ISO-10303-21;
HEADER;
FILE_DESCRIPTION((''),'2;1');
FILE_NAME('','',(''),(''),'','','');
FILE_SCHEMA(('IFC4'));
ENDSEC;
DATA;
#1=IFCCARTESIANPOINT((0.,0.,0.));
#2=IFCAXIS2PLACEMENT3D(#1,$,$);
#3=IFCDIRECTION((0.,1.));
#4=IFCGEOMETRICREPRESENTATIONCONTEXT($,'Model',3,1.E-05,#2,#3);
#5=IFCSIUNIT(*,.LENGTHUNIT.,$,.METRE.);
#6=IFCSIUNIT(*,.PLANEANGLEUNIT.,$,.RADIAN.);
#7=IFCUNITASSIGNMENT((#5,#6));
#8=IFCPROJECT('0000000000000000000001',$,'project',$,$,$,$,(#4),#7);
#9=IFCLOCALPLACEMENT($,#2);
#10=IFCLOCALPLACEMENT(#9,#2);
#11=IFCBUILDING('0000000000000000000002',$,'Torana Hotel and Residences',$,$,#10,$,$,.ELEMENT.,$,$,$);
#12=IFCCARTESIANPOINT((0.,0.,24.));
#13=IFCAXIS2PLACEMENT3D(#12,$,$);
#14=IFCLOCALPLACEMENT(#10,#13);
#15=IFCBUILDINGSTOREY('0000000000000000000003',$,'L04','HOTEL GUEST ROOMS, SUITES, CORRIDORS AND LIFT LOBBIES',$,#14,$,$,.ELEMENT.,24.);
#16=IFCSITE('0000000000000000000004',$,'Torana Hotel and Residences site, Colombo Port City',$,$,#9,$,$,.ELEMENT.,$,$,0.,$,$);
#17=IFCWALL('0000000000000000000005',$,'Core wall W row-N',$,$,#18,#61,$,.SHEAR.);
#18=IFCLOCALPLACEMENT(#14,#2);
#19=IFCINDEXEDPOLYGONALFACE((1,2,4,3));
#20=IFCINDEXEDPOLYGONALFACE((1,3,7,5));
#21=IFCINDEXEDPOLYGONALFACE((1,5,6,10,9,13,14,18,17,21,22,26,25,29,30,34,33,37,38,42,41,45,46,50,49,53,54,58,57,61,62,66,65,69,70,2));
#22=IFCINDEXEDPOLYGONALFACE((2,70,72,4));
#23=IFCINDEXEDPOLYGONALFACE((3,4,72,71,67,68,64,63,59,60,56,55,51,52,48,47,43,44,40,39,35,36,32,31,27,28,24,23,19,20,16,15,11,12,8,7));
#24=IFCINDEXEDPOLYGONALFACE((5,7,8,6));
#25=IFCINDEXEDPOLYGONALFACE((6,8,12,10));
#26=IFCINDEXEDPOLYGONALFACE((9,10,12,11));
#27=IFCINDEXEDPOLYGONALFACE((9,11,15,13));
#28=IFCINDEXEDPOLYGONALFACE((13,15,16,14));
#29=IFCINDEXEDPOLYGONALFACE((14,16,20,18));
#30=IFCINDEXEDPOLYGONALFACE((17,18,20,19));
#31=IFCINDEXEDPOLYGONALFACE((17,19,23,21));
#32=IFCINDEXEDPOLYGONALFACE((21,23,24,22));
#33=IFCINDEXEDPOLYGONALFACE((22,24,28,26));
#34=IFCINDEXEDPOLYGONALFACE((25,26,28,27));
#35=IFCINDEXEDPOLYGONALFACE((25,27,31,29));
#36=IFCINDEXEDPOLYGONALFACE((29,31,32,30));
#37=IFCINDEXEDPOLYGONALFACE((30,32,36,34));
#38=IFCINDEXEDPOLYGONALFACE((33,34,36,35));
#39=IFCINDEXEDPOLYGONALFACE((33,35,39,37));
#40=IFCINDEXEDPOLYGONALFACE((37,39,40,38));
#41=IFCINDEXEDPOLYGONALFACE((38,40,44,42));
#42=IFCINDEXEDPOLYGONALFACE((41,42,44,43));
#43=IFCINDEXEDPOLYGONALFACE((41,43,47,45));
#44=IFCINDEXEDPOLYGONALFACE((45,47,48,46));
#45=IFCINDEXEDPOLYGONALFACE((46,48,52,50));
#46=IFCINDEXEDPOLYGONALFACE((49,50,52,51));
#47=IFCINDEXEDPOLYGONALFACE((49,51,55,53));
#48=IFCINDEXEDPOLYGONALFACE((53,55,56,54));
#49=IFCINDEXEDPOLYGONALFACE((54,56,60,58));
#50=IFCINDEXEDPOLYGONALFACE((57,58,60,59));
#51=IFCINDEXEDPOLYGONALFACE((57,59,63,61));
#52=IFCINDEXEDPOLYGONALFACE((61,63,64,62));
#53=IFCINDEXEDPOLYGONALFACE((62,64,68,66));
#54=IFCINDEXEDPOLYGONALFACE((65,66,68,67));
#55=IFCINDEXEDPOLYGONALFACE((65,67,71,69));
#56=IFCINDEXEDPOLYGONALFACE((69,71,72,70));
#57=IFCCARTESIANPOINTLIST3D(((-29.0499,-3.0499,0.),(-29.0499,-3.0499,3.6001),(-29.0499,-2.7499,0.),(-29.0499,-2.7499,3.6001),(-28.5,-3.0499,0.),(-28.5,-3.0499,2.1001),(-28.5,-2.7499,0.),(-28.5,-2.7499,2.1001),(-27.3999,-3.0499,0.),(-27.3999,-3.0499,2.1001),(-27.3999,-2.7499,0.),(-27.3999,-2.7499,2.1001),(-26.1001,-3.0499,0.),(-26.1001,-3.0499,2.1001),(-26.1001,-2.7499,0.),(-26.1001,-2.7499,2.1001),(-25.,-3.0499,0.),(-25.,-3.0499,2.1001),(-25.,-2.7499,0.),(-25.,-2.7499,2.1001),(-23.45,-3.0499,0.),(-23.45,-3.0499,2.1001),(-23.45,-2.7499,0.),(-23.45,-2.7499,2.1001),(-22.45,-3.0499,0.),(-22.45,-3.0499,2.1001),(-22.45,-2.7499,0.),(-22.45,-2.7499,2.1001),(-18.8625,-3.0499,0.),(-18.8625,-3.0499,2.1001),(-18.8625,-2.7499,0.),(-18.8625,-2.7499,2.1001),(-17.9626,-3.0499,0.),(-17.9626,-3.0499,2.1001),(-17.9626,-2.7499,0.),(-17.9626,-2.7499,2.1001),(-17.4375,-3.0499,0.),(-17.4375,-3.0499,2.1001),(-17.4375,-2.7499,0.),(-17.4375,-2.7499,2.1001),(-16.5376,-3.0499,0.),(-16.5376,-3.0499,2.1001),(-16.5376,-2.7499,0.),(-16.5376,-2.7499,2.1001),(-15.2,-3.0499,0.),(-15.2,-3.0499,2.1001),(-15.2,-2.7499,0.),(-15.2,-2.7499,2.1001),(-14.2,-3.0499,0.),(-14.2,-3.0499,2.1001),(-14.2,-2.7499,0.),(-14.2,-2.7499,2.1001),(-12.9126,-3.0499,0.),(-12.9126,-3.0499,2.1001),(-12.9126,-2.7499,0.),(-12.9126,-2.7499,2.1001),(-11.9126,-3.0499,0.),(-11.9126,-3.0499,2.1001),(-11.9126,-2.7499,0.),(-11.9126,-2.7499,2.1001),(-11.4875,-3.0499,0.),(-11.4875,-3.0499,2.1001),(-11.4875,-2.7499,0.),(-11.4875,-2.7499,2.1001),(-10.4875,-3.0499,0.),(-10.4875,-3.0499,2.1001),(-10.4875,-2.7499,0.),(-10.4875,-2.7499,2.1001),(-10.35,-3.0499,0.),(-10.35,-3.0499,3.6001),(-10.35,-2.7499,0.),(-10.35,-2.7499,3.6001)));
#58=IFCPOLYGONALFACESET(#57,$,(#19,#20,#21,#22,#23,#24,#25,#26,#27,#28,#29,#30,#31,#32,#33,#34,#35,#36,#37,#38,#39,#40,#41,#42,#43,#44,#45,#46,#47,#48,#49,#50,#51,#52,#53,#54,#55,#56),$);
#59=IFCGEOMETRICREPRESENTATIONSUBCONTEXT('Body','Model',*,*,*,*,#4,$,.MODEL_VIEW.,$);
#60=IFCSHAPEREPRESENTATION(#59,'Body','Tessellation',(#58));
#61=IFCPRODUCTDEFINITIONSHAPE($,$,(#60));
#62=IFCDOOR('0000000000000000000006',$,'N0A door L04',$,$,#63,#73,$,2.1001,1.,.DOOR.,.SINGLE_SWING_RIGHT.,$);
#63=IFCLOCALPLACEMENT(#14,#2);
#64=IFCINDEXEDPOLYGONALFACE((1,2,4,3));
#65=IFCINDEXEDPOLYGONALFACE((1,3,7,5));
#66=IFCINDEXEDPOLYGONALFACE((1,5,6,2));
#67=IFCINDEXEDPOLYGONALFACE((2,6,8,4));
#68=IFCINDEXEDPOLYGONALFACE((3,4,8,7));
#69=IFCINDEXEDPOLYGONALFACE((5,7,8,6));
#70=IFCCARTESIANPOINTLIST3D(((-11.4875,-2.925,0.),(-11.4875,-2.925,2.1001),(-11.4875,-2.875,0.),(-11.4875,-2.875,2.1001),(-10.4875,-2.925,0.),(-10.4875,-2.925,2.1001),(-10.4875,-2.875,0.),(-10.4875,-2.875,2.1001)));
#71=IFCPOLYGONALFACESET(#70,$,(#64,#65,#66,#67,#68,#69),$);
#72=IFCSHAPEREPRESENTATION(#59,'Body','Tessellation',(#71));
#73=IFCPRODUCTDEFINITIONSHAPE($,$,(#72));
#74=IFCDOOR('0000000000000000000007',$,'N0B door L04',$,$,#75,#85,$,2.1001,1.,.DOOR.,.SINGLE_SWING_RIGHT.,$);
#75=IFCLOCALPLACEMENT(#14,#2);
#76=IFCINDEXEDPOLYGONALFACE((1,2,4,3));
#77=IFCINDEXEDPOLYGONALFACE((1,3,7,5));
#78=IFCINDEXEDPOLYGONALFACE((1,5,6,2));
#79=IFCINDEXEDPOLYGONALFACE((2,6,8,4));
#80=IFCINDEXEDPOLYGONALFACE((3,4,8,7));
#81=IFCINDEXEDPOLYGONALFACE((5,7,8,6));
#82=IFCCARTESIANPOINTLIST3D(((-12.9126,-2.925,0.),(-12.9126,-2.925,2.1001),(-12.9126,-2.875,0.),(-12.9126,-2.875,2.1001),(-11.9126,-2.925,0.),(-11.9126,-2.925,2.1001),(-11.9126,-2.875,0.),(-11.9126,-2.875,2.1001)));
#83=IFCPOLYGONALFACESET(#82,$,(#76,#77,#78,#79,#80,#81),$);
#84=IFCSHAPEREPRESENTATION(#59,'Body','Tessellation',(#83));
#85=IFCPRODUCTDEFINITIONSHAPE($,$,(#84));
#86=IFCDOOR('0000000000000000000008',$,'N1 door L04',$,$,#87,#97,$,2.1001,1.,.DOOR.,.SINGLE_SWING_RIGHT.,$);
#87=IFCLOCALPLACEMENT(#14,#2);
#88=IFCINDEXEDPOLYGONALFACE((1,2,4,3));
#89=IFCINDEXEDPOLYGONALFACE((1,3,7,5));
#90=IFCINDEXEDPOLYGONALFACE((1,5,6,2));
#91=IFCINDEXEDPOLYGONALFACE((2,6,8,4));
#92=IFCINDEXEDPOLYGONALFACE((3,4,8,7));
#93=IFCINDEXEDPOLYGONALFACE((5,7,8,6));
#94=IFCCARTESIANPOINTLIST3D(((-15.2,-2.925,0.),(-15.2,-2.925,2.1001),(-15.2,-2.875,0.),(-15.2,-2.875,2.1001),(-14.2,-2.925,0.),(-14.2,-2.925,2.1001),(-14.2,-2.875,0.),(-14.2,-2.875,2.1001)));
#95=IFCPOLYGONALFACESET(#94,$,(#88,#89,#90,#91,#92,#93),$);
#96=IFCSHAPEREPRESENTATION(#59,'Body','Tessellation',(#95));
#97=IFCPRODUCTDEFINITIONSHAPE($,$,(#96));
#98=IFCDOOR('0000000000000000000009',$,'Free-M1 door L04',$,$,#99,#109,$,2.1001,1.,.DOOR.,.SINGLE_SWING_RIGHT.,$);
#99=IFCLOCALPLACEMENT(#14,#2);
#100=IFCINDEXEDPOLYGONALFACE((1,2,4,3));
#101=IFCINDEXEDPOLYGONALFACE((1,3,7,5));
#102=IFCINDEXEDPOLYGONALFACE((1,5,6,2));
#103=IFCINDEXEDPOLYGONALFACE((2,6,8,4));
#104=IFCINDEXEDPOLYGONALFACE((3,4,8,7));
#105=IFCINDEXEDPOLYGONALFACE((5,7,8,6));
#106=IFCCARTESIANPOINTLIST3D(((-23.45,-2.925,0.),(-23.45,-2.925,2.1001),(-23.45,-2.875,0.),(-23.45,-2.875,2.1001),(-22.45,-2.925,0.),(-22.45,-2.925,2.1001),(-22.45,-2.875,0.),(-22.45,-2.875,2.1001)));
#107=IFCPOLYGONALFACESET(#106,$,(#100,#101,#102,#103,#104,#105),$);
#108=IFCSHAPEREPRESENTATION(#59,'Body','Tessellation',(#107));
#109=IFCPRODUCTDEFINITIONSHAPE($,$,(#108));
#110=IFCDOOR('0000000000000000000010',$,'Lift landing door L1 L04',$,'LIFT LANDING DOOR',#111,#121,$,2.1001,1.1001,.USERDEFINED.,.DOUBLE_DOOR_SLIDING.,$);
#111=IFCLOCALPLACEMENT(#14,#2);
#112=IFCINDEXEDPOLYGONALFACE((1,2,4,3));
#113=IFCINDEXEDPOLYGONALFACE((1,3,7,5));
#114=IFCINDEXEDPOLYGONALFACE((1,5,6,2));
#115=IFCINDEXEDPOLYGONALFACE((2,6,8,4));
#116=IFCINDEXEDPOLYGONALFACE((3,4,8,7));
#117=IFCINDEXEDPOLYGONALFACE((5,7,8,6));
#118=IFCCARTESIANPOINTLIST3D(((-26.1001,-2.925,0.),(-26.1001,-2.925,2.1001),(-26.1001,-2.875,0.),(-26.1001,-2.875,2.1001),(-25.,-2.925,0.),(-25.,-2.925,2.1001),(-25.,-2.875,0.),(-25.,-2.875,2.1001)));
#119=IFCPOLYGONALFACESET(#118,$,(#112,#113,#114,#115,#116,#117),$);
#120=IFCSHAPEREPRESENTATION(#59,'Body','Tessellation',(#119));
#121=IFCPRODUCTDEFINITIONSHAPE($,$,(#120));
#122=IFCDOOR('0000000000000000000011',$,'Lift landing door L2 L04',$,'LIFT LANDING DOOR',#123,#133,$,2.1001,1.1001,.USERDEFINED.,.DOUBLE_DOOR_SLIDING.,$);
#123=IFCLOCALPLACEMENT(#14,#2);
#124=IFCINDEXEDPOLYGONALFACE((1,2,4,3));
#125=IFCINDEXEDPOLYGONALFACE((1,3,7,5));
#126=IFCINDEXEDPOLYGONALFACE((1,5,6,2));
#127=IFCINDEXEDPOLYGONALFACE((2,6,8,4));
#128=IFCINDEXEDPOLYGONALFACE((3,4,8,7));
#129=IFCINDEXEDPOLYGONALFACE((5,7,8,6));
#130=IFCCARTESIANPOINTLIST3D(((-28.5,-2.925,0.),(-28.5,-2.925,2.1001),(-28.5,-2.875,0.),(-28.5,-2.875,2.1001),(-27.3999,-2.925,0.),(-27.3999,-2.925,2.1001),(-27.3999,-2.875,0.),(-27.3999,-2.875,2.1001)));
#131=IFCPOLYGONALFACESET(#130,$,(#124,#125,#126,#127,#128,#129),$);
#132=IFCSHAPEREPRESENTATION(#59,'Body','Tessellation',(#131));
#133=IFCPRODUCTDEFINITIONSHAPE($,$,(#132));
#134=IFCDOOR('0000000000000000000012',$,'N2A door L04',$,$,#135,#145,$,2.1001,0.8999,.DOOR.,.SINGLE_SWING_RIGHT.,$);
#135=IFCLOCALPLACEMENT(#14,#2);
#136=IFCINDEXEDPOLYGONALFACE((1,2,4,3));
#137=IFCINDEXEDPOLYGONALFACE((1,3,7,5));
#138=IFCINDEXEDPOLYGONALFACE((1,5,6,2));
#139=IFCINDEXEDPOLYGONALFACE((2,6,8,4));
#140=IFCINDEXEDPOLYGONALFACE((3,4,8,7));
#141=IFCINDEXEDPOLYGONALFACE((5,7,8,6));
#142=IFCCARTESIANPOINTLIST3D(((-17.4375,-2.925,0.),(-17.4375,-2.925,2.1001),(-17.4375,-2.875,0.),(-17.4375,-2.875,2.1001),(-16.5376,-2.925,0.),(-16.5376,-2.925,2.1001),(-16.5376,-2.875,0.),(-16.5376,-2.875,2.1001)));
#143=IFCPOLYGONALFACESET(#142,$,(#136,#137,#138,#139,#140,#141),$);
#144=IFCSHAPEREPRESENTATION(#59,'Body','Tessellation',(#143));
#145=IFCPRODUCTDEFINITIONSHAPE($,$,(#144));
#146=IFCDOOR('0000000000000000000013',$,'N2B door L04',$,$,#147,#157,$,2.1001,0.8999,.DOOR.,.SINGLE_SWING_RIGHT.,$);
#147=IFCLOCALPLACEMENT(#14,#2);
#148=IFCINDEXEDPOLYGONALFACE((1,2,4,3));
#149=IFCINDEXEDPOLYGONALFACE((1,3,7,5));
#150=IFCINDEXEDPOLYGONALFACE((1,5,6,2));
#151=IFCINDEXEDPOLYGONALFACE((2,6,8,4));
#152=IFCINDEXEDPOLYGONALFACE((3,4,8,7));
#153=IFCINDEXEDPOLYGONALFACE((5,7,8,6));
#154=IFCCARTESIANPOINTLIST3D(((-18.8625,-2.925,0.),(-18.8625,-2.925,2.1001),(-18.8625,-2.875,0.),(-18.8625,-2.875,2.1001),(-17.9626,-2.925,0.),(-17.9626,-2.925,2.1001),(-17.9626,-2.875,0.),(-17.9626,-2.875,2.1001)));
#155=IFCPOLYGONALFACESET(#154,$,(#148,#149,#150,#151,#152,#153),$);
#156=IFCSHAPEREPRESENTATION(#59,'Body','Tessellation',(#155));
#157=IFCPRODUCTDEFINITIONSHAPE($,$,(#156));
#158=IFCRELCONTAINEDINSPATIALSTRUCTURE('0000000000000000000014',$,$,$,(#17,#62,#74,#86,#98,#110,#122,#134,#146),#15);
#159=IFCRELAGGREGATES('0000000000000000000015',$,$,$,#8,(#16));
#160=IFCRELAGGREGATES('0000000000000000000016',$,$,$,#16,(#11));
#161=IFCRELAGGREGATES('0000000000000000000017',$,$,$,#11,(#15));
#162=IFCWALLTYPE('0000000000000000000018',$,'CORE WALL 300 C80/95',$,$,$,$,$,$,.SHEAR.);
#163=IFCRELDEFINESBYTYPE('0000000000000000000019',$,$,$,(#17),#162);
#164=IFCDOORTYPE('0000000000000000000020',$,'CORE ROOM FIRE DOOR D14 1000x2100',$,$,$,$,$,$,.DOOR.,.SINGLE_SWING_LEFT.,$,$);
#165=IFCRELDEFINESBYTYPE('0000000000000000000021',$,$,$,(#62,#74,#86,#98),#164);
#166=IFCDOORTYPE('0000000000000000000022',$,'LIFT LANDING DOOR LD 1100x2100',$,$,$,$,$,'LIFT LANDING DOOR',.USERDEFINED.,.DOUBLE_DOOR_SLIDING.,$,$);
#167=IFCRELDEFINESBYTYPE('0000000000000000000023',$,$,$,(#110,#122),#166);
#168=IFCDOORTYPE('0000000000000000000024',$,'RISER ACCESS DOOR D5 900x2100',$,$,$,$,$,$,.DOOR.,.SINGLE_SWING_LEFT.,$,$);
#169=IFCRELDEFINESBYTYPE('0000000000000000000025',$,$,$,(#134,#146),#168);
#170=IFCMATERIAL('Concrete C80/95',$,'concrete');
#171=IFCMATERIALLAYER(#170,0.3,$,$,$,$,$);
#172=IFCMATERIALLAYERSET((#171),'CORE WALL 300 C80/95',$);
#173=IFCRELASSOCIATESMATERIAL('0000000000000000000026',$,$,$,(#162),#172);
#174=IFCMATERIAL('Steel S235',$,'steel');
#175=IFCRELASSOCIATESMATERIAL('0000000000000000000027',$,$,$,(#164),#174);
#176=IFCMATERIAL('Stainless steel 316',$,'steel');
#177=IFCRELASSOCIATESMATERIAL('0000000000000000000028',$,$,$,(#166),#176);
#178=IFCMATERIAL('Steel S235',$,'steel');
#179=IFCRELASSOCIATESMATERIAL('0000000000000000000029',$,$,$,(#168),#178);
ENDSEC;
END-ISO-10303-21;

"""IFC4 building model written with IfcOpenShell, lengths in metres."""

from ifc_helpers import new_model, si_unit, direction, frame, frame_2d, origin, place, context, subcontext, project, spatial, rectangle, extrude, material, layer, layer_set, type_object, element, fill, save


model = new_model("IFC4")

# Units and contexts
model_context = context("Model", 3, precision=1e-05, world=origin(), true_north=direction((0.0, 1.0)))
body_context = subcontext(model_context, "Body", "Model", "MODEL_VIEW")
ifc_project = project(units=[si_unit("LENGTHUNIT", "METRE"), si_unit("PLANEANGLEUNIT", "RADIAN")], contexts=[model_context])

# Site, building, storey
site_placement = place(None, origin())
site = spatial("IfcSite", under=ifc_project, at=site_placement, Name="Torana Hotel and Residences site, Colombo Port City", CompositionType="ELEMENT", RefElevation=0.0)
building_placement = place(site_placement, origin())
building = spatial("IfcBuilding", under=site, at=building_placement, Name="Torana Hotel and Residences", CompositionType="ELEMENT")
storey_placement = place(building_placement, frame((0.0, 0.0, 24.0)))
storey = spatial("IfcBuildingStorey", under=building, at=storey_placement, Name="L04", Description="HOTEL GUEST ROOMS, SUITES, CORRIDORS AND LIFT LOBBIES", CompositionType="ELEMENT", Elevation=24.0)

# Wall, openings, doors
ifc_material_1 = material(Name="Concrete C80/95", Category="concrete")
ifc_layer_1 = layer(ifc_material_1, 0.3)
ifc_layer_set_1 = layer_set([ifc_layer_1], Name="CORE WALL 300 C80/95")
wall_type_1 = type_object("IfcWallType", Name="CORE WALL 300 C80/95", PredefinedType="SHEAR", material=ifc_layer_set_1)
wall_1_placement = place(storey_placement, frame((-29.05, -2.8999, 0.0), z_axis=(0.0, 0.0, 1.0), x_axis=(1.0, 0.0, 0.0)))
wall_1 = element("IfcWall", 1, at=wall_1_placement, inside=storey, type_object=wall_type_1, Name="Core wall W row-N", PredefinedType="SHEAR", context=body_context, shape_type="SweptSolid", body=[
    extrude(rectangle(XDim=18.7, YDim=0.3, at=frame_2d((9.3501, 0.0))), origin(), (0.0, 0.0, 1.0), 3.6001),
])
opening_1_placement = place(wall_1_placement, frame((2.95, 0.0, 0.0)))
opening_1 = element("IfcOpeningElement", 2, at=opening_1_placement, cuts=wall_1, PredefinedType="OPENING", context=body_context, shape_type="SweptSolid", body=[
    extrude(rectangle(XDim=1.1001, YDim=2.1001, at=frame_2d((0.55, 1.05))), frame((0.0, 0.1599, 0.0), z_axis=(0.0, -1.0, 0.0), x_axis=(1.0, 0.0, 0.0)), (0.0, 0.0, 1.0), 0.3201),
])
opening_2_placement = place(wall_1_placement, frame((0.55, 0.0, 0.0)))
opening_2 = element("IfcOpeningElement", 3, at=opening_2_placement, cuts=wall_1, PredefinedType="OPENING", context=body_context, shape_type="SweptSolid", body=[
    extrude(rectangle(XDim=1.1001, YDim=2.1001, at=frame_2d((0.55, 1.05))), frame((0.0, 0.1599, 0.0), z_axis=(0.0, -1.0, 0.0), x_axis=(1.0, 0.0, 0.0)), (0.0, 0.0, 1.0), 0.3201),
])
opening_3_placement = place(wall_1_placement, frame((11.6125, 0.0, 0.0)))
opening_3 = element("IfcOpeningElement", 4, at=opening_3_placement, cuts=wall_1, PredefinedType="OPENING", context=body_context, shape_type="SweptSolid", body=[
    extrude(rectangle(XDim=0.8999, YDim=2.1001, at=frame_2d((0.45, 1.05))), frame((0.0, 0.1599, 0.0), z_axis=(0.0, -1.0, 0.0), x_axis=(1.0, 0.0, 0.0)), (0.0, 0.0, 1.0), 0.3201),
])
opening_4_placement = place(wall_1_placement, frame((10.1875, 0.0, 0.0)))
opening_4 = element("IfcOpeningElement", 5, at=opening_4_placement, cuts=wall_1, PredefinedType="OPENING", context=body_context, shape_type="SweptSolid", body=[
    extrude(rectangle(XDim=0.8999, YDim=2.1001, at=frame_2d((0.45, 1.05))), frame((0.0, 0.1599, 0.0), z_axis=(0.0, -1.0, 0.0), x_axis=(1.0, 0.0, 0.0)), (0.0, 0.0, 1.0), 0.3201),
])
opening_5_placement = place(wall_1_placement, frame((17.5625, 0.0, 0.0)))
opening_5 = element("IfcOpeningElement", 6, at=opening_5_placement, cuts=wall_1, PredefinedType="OPENING", context=body_context, shape_type="SweptSolid", body=[
    extrude(rectangle(XDim=1.0, YDim=2.1001, at=frame_2d((0.5, 1.05))), frame((0.0, 0.1599, 0.0), z_axis=(0.0, -1.0, 0.0), x_axis=(1.0, 0.0, 0.0)), (0.0, 0.0, 1.0), 0.3201),
])
opening_6_placement = place(wall_1_placement, frame((16.1375, 0.0, 0.0)))
opening_6 = element("IfcOpeningElement", 7, at=opening_6_placement, cuts=wall_1, PredefinedType="OPENING", context=body_context, shape_type="SweptSolid", body=[
    extrude(rectangle(XDim=1.0, YDim=2.1001, at=frame_2d((0.5, 1.05))), frame((0.0, 0.1599, 0.0), z_axis=(0.0, -1.0, 0.0), x_axis=(1.0, 0.0, 0.0)), (0.0, 0.0, 1.0), 0.3201),
])
opening_7_placement = place(wall_1_placement, frame((13.8501, 0.0, 0.0)))
opening_7 = element("IfcOpeningElement", 8, at=opening_7_placement, cuts=wall_1, PredefinedType="OPENING", context=body_context, shape_type="SweptSolid", body=[
    extrude(rectangle(XDim=1.0, YDim=2.1001, at=frame_2d((0.5, 1.05))), frame((0.0, 0.1599, 0.0), z_axis=(0.0, -1.0, 0.0), x_axis=(1.0, 0.0, 0.0)), (0.0, 0.0, 1.0), 0.3201),
])
opening_8_placement = place(wall_1_placement, frame((5.6001, 0.0, 0.0)))
opening_8 = element("IfcOpeningElement", 9, at=opening_8_placement, cuts=wall_1, PredefinedType="OPENING", context=body_context, shape_type="SweptSolid", body=[
    extrude(rectangle(XDim=1.0, YDim=2.1001, at=frame_2d((0.5, 1.05))), frame((0.0, 0.1599, 0.0), z_axis=(0.0, -1.0, 0.0), x_axis=(1.0, 0.0, 0.0)), (0.0, 0.0, 1.0), 0.3201),
])
ifc_material_2 = material(Name="Steel S235", Category="steel")
door_type_1 = type_object("IfcDoorType", Name="CORE ROOM FIRE DOOR D14 1000x2100", OperationType="SINGLE_SWING_LEFT", PredefinedType="DOOR", material=ifc_material_2)
door_1_placement = place(opening_5_placement, origin())
door_1 = element("IfcDoor", 10, at=door_1_placement, inside=storey, type_object=door_type_1, Name="N0A door L04", OperationType="SINGLE_SWING_RIGHT", OverallHeight=2.1001, OverallWidth=1.0, PredefinedType="DOOR", context=body_context, shape_type="SweptSolid", body=[
    extrude(rectangle(XDim=1.0, YDim=2.1001, at=frame_2d((0.5, 1.05))), frame((0.0, 0.0249, 0.0), z_axis=(0.0, -1.0, 0.0), x_axis=(1.0, 0.0, 0.0)), (0.0, 0.0, 1.0), 0.05),
])
fill(opening_5, door_1)
door_2_placement = place(opening_6_placement, origin())
door_2 = element("IfcDoor", 11, at=door_2_placement, inside=storey, type_object=door_type_1, Name="N0B door L04", OperationType="SINGLE_SWING_RIGHT", OverallHeight=2.1001, OverallWidth=1.0, PredefinedType="DOOR", context=body_context, shape_type="SweptSolid", body=[
    extrude(rectangle(XDim=1.0, YDim=2.1001, at=frame_2d((0.5, 1.05))), frame((0.0, 0.0249, 0.0), z_axis=(0.0, -1.0, 0.0), x_axis=(1.0, 0.0, 0.0)), (0.0, 0.0, 1.0), 0.05),
])
fill(opening_6, door_2)
door_3_placement = place(opening_7_placement, origin())
door_3 = element("IfcDoor", 12, at=door_3_placement, inside=storey, type_object=door_type_1, Name="N1 door L04", OperationType="SINGLE_SWING_RIGHT", OverallHeight=2.1001, OverallWidth=1.0, PredefinedType="DOOR", context=body_context, shape_type="SweptSolid", body=[
    extrude(rectangle(XDim=1.0, YDim=2.1001, at=frame_2d((0.5, 1.05))), frame((0.0, 0.0249, 0.0), z_axis=(0.0, -1.0, 0.0), x_axis=(1.0, 0.0, 0.0)), (0.0, 0.0, 1.0), 0.05),
])
fill(opening_7, door_3)
door_4_placement = place(opening_8_placement, origin())
door_4 = element("IfcDoor", 13, at=door_4_placement, inside=storey, type_object=door_type_1, Name="Free-M1 door L04", OperationType="SINGLE_SWING_RIGHT", OverallHeight=2.1001, OverallWidth=1.0, PredefinedType="DOOR", context=body_context, shape_type="SweptSolid", body=[
    extrude(rectangle(XDim=1.0, YDim=2.1001, at=frame_2d((0.5, 1.05))), frame((0.0, 0.0249, 0.0), z_axis=(0.0, -1.0, 0.0), x_axis=(1.0, 0.0, 0.0)), (0.0, 0.0, 1.0), 0.05),
])
fill(opening_8, door_4)
ifc_material_3 = material(Name="Stainless steel 316", Category="steel")
door_type_2 = type_object("IfcDoorType", Name="LIFT LANDING DOOR LD 1100x2100", ElementType="LIFT LANDING DOOR", OperationType="DOUBLE_DOOR_SLIDING", PredefinedType="USERDEFINED", material=ifc_material_3)
door_5_placement = place(opening_1_placement, origin())
door_5 = element("IfcDoor", 14, at=door_5_placement, inside=storey, type_object=door_type_2, Name="Lift landing door L1 L04", ObjectType="LIFT LANDING DOOR", OperationType="DOUBLE_DOOR_SLIDING", OverallHeight=2.1001, OverallWidth=1.1001, PredefinedType="USERDEFINED", context=body_context, shape_type="SweptSolid", body=[
    extrude(rectangle(XDim=1.1001, YDim=2.1001, at=frame_2d((0.55, 1.05))), frame((0.0, 0.0249, 0.0), z_axis=(0.0, -1.0, 0.0), x_axis=(1.0, 0.0, 0.0)), (0.0, 0.0, 1.0), 0.05),
])
fill(opening_1, door_5)
door_6_placement = place(opening_2_placement, origin())
door_6 = element("IfcDoor", 15, at=door_6_placement, inside=storey, type_object=door_type_2, Name="Lift landing door L2 L04", ObjectType="LIFT LANDING DOOR", OperationType="DOUBLE_DOOR_SLIDING", OverallHeight=2.1001, OverallWidth=1.1001, PredefinedType="USERDEFINED", context=body_context, shape_type="SweptSolid", body=[
    extrude(rectangle(XDim=1.1001, YDim=2.1001, at=frame_2d((0.55, 1.05))), frame((0.0, 0.0249, 0.0), z_axis=(0.0, -1.0, 0.0), x_axis=(1.0, 0.0, 0.0)), (0.0, 0.0, 1.0), 0.05),
])
fill(opening_2, door_6)
ifc_material_4 = material(Name="Steel S235", Category="steel")
door_type_3 = type_object("IfcDoorType", Name="RISER ACCESS DOOR D5 900x2100", OperationType="SINGLE_SWING_LEFT", PredefinedType="DOOR", material=ifc_material_4)
door_7_placement = place(opening_3_placement, origin())
door_7 = element("IfcDoor", 16, at=door_7_placement, inside=storey, type_object=door_type_3, Name="N2A door L04", OperationType="SINGLE_SWING_RIGHT", OverallHeight=2.1001, OverallWidth=0.8999, PredefinedType="DOOR", context=body_context, shape_type="SweptSolid", body=[
    extrude(rectangle(XDim=0.8999, YDim=2.1001, at=frame_2d((0.45, 1.05))), frame((0.0, 0.0249, 0.0), z_axis=(0.0, -1.0, 0.0), x_axis=(1.0, 0.0, 0.0)), (0.0, 0.0, 1.0), 0.05),
])
fill(opening_3, door_7)
door_8_placement = place(opening_4_placement, origin())
door_8 = element("IfcDoor", 17, at=door_8_placement, inside=storey, type_object=door_type_3, Name="N2B door L04", OperationType="SINGLE_SWING_RIGHT", OverallHeight=2.1001, OverallWidth=0.8999, PredefinedType="DOOR", context=body_context, shape_type="SweptSolid", body=[
    extrude(rectangle(XDim=0.8999, YDim=2.1001, at=frame_2d((0.45, 1.05))), frame((0.0, 0.0249, 0.0), z_axis=(0.0, -1.0, 0.0), x_axis=(1.0, 0.0, 0.0)), (0.0, 0.0, 1.0), 0.05),
])
fill(opening_4, door_8)

save(model, "model.ifc")
